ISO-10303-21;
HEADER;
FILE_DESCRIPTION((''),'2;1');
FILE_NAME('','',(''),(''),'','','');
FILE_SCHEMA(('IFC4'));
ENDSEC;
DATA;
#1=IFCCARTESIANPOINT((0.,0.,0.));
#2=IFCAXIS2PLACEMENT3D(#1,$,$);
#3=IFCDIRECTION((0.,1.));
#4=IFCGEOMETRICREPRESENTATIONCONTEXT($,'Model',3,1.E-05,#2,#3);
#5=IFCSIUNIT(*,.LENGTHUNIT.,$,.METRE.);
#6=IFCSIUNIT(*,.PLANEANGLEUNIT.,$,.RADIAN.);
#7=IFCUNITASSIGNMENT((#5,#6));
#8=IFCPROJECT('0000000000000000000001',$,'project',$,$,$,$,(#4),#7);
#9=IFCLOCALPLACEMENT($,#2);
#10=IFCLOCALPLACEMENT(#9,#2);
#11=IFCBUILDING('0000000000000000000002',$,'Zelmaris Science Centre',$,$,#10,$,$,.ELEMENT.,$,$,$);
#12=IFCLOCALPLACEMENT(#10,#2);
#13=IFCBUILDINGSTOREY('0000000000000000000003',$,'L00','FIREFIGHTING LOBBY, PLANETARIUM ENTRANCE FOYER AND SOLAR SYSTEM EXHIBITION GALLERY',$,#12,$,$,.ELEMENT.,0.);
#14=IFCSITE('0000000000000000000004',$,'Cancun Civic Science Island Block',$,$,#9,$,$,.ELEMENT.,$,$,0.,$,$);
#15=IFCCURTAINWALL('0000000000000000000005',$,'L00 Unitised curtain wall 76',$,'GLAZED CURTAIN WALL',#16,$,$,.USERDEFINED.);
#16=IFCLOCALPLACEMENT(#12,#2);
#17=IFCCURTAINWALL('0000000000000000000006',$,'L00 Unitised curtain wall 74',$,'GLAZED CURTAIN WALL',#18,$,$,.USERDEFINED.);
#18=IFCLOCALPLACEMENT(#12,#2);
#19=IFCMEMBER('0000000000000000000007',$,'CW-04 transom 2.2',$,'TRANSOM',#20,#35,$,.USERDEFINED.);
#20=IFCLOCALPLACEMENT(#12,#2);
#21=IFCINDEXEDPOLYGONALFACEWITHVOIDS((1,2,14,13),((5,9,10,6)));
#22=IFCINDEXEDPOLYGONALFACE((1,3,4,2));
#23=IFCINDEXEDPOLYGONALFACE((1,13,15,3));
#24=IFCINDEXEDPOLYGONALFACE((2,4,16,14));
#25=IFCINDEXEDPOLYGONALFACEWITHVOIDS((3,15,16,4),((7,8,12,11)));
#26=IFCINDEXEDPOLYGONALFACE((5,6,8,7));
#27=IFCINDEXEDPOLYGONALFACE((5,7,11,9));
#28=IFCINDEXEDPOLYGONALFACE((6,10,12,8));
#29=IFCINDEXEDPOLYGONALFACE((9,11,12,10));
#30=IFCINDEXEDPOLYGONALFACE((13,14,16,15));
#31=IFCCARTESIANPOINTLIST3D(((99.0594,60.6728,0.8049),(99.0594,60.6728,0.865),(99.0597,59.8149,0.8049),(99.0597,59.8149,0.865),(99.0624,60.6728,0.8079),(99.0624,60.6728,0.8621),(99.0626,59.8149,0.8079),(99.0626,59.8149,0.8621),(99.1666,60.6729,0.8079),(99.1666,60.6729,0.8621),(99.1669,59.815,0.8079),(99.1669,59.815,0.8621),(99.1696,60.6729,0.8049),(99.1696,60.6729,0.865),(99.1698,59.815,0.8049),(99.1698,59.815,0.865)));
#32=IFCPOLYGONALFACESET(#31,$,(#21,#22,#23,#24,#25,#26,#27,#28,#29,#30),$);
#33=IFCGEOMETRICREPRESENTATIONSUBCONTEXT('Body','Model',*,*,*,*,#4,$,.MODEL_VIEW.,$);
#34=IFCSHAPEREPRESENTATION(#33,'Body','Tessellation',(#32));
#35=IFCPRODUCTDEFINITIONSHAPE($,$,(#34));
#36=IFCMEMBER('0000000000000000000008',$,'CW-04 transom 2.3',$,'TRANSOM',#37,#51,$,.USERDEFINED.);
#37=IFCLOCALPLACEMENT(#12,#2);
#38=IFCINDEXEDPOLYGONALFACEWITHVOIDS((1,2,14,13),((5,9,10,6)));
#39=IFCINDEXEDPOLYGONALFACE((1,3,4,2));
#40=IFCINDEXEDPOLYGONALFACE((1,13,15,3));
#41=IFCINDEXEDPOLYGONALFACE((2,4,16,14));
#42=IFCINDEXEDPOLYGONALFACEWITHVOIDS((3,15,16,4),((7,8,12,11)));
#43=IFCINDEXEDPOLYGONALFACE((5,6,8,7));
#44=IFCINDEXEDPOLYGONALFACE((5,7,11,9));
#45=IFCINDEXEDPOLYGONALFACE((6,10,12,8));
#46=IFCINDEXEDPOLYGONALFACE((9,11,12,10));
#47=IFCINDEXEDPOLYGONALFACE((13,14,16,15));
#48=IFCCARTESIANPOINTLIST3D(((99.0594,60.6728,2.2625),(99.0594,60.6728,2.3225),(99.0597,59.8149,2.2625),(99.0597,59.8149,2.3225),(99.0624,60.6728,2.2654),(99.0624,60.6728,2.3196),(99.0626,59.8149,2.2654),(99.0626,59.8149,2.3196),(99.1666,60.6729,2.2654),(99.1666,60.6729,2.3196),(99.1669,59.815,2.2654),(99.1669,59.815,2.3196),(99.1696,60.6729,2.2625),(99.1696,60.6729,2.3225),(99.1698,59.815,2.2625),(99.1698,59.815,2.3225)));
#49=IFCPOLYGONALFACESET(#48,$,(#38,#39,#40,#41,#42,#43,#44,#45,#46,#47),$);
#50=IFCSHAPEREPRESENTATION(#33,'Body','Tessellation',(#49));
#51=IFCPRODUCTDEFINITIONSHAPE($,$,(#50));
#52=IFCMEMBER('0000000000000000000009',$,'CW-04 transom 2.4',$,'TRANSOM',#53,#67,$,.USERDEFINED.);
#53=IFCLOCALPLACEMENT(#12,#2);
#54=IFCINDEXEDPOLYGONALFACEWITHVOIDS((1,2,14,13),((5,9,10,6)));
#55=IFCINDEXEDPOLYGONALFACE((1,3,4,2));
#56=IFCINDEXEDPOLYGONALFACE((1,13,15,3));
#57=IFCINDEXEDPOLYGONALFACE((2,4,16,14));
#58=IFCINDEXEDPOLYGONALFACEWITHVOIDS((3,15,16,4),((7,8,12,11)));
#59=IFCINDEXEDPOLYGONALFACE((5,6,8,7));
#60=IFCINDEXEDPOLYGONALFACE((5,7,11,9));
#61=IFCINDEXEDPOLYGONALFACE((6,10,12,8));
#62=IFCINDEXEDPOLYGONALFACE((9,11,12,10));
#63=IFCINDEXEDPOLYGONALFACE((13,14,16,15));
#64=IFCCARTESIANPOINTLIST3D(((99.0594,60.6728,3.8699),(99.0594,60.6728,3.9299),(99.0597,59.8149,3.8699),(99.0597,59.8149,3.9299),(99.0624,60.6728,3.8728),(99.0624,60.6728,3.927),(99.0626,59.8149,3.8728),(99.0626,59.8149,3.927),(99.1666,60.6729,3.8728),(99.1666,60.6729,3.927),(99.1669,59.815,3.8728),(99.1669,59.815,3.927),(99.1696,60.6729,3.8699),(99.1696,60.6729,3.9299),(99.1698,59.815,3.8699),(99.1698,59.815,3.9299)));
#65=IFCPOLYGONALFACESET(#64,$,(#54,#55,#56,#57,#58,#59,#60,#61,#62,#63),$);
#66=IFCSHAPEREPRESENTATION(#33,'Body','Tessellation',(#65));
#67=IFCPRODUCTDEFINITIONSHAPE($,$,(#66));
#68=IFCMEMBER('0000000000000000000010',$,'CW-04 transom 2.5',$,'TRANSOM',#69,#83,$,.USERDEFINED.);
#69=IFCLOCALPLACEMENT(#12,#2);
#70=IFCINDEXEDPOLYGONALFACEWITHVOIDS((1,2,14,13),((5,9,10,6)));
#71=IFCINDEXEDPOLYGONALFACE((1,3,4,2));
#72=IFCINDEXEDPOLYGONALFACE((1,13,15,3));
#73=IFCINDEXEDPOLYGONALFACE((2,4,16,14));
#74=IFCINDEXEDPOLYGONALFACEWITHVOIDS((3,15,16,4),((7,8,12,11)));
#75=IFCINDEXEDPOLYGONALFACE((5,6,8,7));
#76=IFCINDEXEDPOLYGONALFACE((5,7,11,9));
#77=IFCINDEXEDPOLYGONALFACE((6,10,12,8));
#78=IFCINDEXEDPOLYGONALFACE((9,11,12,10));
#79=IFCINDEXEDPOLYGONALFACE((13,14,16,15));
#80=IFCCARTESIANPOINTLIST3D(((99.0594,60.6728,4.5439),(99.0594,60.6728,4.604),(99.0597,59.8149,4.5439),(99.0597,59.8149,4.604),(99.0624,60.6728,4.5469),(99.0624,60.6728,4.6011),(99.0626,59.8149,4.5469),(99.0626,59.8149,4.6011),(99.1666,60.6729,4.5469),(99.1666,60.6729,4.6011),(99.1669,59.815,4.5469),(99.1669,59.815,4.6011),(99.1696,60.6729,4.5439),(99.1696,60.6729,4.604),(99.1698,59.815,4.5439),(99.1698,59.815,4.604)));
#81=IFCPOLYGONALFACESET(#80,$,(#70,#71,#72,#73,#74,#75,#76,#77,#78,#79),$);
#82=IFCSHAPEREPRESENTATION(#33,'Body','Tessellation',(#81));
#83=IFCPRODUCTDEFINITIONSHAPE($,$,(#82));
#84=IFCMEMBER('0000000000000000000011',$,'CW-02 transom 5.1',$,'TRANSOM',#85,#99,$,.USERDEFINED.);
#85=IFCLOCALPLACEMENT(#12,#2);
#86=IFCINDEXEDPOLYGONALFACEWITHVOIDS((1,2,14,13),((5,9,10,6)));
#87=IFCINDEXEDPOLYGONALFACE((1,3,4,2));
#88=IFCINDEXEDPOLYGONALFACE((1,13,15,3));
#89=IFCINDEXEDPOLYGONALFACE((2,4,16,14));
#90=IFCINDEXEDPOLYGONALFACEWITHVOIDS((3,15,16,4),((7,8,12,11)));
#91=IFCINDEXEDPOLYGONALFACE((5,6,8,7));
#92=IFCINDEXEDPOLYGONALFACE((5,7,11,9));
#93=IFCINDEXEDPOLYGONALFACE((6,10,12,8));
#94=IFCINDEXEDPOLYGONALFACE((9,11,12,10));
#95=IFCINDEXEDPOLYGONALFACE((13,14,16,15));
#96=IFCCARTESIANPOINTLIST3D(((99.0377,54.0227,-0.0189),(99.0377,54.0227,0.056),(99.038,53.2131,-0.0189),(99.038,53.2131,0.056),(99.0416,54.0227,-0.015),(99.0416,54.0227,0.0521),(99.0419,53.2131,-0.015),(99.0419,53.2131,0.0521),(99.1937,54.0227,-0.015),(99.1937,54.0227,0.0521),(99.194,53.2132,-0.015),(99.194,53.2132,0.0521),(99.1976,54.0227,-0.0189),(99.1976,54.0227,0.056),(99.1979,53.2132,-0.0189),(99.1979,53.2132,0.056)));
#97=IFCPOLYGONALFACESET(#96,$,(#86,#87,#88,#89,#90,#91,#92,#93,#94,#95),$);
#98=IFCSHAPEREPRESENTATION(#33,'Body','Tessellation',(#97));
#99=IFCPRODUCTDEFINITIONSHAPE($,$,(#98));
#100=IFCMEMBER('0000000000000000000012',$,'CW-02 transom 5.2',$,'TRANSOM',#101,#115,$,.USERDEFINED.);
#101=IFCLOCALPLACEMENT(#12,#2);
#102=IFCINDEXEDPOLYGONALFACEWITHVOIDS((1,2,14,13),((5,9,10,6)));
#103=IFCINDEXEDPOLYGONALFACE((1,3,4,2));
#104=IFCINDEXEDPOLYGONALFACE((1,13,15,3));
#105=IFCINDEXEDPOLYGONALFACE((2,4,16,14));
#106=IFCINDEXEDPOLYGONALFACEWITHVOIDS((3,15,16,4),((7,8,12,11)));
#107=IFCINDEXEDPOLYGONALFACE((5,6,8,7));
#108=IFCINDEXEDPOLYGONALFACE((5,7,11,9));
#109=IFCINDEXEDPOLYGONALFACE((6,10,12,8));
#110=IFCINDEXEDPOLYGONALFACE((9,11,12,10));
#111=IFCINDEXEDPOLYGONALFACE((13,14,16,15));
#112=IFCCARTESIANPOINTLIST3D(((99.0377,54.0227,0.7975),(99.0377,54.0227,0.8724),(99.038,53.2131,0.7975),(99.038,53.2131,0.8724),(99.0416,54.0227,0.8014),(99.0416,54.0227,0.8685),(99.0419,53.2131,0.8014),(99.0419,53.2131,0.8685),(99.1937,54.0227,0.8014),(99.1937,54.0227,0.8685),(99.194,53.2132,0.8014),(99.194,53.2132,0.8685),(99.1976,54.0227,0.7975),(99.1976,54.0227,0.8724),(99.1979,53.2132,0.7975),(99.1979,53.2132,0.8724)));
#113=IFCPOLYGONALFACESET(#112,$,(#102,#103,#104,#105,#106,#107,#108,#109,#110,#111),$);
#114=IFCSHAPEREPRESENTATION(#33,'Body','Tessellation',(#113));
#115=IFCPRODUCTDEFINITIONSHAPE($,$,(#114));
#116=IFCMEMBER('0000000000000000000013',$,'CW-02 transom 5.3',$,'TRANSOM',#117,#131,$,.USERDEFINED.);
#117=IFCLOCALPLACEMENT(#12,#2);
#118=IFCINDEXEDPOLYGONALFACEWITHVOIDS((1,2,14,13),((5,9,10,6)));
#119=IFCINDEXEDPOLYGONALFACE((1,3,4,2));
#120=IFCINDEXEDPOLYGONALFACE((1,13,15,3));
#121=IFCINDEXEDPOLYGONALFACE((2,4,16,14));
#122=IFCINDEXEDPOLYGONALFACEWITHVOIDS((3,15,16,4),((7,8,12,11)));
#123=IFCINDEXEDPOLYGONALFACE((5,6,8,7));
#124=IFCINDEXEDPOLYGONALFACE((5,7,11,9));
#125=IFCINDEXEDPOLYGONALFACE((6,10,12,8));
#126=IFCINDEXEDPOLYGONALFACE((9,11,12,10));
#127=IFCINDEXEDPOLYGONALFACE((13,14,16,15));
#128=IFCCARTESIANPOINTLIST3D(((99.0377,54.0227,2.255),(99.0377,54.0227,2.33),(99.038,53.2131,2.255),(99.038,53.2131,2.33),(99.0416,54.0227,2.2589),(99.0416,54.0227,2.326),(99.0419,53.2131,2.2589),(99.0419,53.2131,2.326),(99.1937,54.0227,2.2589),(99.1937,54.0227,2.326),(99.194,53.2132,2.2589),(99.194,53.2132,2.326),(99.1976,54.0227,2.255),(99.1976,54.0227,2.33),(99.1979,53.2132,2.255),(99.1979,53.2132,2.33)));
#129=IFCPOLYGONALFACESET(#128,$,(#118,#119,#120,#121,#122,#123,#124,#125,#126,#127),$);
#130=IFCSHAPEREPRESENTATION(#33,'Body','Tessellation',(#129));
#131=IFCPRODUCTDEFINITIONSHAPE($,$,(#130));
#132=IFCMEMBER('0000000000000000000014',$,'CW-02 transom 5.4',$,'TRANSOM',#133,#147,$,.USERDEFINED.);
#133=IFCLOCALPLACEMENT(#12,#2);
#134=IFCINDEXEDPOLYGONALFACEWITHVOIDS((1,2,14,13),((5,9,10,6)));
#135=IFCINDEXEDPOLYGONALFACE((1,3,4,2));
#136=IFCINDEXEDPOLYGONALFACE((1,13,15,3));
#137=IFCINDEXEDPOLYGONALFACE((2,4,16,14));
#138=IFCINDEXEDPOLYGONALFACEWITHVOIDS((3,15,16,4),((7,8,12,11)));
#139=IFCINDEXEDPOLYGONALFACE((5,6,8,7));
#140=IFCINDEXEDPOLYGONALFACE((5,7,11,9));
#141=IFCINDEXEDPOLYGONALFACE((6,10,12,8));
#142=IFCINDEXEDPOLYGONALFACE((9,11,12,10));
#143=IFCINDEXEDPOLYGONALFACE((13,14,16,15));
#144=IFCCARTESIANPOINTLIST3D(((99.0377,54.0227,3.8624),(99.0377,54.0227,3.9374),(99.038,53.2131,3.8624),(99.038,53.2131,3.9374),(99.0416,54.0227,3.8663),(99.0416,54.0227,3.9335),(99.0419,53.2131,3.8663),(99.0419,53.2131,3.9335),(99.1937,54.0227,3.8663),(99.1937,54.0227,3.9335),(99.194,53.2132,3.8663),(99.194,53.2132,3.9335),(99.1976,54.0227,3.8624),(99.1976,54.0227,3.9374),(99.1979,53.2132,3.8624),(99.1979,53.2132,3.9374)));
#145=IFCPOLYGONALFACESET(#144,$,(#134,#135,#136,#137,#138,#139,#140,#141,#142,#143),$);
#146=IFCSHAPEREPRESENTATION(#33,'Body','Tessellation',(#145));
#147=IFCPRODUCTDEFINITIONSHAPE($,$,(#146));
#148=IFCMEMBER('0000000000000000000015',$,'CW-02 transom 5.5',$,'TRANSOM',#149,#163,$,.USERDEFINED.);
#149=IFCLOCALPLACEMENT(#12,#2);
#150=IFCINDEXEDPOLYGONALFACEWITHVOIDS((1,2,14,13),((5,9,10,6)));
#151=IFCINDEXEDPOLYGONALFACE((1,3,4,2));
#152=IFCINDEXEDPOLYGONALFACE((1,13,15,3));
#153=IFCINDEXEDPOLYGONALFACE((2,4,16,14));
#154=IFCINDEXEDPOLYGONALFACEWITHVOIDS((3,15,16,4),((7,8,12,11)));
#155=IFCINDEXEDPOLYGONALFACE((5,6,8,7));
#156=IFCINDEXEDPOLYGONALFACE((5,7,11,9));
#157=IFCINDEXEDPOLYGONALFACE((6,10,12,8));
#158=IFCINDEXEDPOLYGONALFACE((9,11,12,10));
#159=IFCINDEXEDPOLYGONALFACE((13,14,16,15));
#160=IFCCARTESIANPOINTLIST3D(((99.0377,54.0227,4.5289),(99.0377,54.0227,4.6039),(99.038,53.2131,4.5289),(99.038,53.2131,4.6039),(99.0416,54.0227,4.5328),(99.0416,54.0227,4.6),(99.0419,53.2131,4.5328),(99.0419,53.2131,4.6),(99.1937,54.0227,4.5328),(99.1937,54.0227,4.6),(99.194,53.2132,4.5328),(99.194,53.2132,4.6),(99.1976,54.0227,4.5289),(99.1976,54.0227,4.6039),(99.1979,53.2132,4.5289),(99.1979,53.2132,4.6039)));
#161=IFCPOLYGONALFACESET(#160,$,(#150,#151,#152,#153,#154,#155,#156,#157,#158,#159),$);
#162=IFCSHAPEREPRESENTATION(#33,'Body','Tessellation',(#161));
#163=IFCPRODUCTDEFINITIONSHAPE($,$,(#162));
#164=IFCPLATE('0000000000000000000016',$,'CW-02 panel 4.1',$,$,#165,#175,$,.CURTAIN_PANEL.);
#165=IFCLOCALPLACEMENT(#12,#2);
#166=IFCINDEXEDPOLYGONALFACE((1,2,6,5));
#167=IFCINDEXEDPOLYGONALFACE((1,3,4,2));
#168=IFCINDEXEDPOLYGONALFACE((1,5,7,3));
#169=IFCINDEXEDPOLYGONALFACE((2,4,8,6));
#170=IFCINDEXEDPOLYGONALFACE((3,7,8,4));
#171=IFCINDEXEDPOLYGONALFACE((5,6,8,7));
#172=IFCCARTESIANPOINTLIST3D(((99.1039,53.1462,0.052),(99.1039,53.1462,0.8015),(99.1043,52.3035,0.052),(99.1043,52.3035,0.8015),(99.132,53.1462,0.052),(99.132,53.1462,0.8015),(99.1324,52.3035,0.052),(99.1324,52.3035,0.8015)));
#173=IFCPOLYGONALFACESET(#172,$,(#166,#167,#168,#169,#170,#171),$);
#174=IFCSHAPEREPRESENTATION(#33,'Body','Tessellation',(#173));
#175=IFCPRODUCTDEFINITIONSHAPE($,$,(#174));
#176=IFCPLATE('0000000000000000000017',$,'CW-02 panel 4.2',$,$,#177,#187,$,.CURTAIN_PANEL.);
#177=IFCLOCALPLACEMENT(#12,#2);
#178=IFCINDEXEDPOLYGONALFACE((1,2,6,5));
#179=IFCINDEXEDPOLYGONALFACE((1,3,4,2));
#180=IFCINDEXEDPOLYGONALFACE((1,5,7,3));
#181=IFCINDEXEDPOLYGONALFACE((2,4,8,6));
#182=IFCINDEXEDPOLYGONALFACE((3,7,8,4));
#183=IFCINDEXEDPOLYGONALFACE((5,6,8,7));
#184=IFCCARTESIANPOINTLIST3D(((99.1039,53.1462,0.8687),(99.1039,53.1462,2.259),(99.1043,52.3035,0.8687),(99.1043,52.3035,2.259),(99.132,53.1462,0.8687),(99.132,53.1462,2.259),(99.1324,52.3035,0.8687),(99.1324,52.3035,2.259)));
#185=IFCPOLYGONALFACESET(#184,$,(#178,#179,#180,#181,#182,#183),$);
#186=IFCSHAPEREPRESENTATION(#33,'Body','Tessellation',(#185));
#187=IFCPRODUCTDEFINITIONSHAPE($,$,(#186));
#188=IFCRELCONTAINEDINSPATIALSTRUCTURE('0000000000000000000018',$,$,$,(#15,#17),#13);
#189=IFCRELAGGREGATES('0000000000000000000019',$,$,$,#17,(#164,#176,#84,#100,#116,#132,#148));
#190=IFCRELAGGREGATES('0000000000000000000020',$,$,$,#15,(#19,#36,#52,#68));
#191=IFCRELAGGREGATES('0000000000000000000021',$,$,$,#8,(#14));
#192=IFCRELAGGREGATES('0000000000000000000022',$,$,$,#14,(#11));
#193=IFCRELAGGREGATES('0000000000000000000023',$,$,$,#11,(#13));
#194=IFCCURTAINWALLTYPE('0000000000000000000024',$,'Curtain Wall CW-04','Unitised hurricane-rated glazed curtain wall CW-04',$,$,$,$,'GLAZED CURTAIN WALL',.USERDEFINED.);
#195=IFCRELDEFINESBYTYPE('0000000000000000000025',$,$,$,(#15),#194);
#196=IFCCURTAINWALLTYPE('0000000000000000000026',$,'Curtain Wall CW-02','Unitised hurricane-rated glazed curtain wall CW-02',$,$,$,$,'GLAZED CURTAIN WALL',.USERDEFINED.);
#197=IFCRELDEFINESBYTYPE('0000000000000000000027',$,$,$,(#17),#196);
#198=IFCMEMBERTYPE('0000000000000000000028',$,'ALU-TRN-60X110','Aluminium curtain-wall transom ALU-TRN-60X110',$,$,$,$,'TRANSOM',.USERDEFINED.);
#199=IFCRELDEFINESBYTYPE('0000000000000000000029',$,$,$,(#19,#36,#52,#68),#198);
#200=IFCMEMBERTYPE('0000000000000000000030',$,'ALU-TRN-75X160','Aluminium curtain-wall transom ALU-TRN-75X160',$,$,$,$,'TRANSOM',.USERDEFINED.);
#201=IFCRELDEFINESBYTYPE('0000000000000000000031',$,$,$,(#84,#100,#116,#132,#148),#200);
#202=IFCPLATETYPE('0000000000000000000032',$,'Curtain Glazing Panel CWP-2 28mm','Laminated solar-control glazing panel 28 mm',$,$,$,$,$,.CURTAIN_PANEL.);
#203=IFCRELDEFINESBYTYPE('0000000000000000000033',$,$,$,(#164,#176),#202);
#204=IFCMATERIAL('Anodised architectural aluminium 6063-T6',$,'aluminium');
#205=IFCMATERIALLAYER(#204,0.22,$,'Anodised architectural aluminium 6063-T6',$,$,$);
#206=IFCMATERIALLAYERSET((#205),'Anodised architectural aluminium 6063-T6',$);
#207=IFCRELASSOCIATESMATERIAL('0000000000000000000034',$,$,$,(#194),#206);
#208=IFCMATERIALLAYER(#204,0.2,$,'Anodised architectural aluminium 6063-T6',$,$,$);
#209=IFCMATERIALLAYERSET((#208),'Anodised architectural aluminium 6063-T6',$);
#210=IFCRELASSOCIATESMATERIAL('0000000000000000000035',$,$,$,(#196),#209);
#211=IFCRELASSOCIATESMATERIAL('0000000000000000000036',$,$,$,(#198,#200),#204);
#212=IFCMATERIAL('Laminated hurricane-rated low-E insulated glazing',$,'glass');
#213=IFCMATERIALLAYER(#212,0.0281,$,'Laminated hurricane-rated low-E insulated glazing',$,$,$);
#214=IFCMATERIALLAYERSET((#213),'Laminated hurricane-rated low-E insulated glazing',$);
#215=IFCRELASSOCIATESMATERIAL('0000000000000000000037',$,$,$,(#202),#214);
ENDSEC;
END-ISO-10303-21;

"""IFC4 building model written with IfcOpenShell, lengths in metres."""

from ifc_helpers import new_model, si_unit, direction, frame, origin, origin_2d, place, context, subcontext, project, spatial, rectangle, hollow_rectangle, extrude, material, layer, layer_set, material_profile, profile_set, type_object, element, aggregate, save


model = new_model("IFC4")

# Units and contexts
model_context = context("Model", 3, precision=1e-05, world=origin(), true_north=direction((0.0, 1.0)))
body_context = subcontext(model_context, "Body", "Model", "MODEL_VIEW")
ifc_project = project(units=[si_unit("LENGTHUNIT", "METRE"), si_unit("PLANEANGLEUNIT", "RADIAN")], contexts=[model_context])

# Site, building, storey
site_placement = place(None, origin())
site = spatial("IfcSite", under=ifc_project, at=site_placement, Name="Cancun Civic Science Island Block", CompositionType="ELEMENT", RefElevation=0.0)
building_placement = place(site_placement, origin())
building = spatial("IfcBuilding", under=site, at=building_placement, Name="Zelmaris Science Centre", CompositionType="ELEMENT")
storey_placement = place(building_placement, origin())
storey = spatial("IfcBuildingStorey", under=building, at=storey_placement, Name="L00", Description="FIREFIGHTING LOBBY, PLANETARIUM ENTRANCE FOYER AND SOLAR SYSTEM EXHIBITION GALLERY", CompositionType="ELEMENT", Elevation=0.0)

# Curtain walls
ifc_material_1 = material(Name="Anodised architectural aluminium 6063-T6", Category="aluminium")
ifc_layer_1 = layer(ifc_material_1, 0.22, Name="Anodised architectural aluminium 6063-T6")
ifc_layer_set_1 = layer_set([ifc_layer_1], Name="Anodised architectural aluminium 6063-T6")
curtain_wall_type_1 = type_object("IfcCurtainWallType", Name="Curtain Wall CW-04", Description="Unitised hurricane-rated glazed curtain wall CW-04", ElementType="GLAZED CURTAIN WALL", PredefinedType="USERDEFINED", material=ifc_layer_set_1)
curtain_wall_1_placement = place(storey_placement, origin())
curtain_wall_1 = element("IfcCurtainWall", 1, at=curtain_wall_1_placement, inside=storey, type_object=curtain_wall_type_1, Name="L00 Unitised curtain wall 76", ObjectType="GLAZED CURTAIN WALL", PredefinedType="USERDEFINED")
ifc_layer_2 = layer(ifc_material_1, 0.2, Name="Anodised architectural aluminium 6063-T6")
ifc_layer_set_2 = layer_set([ifc_layer_2], Name="Anodised architectural aluminium 6063-T6")
curtain_wall_type_2 = type_object("IfcCurtainWallType", Name="Curtain Wall CW-02", Description="Unitised hurricane-rated glazed curtain wall CW-02", ElementType="GLAZED CURTAIN WALL", PredefinedType="USERDEFINED", material=ifc_layer_set_2)
curtain_wall_2_placement = place(storey_placement, origin())
curtain_wall_2 = element("IfcCurtainWall", 2, at=curtain_wall_2_placement, inside=storey, type_object=curtain_wall_type_2, Name="L00 Unitised curtain wall 74", ObjectType="GLAZED CURTAIN WALL", PredefinedType="USERDEFINED")

# Members
ifc_material_profile_1 = material_profile(ifc_material_1, hollow_rectangle(XDim=0.0601, YDim=0.1101, WallThickness=0.0029, at=origin_2d()), Name="ALU-TRN-60X110")
ifc_profile_set_1 = profile_set([ifc_material_profile_1], Name="Anodised architectural aluminium 6063-T6")
member_type_1 = type_object("IfcMemberType", Name="ALU-TRN-60X110", Description="Aluminium curtain-wall transom ALU-TRN-60X110", ElementType="TRANSOM", PredefinedType="USERDEFINED", material=ifc_profile_set_1)
member_1_placement = place(storey_placement, frame((99.1147, 59.8149, 0.835), z_axis=(-0.000285, 1.0, 0.0), x_axis=(0.0, 0.0, 1.0)))
member_1 = element("IfcMember", 3, at=member_1_placement, type_object=member_type_1, Name="CW-04 transom 2.2", ObjectType="TRANSOM", PredefinedType="USERDEFINED", context=body_context, shape_type="SweptSolid", body=[
    extrude(hollow_rectangle(XDim=0.0601, YDim=0.1101, WallThickness=0.0029, at=origin_2d()), origin(), (0.0, 0.0, 1.0), 0.8579),
])
member_2_placement = place(storey_placement, frame((99.1147, 59.8149, 2.2925), z_axis=(-0.000285, 1.0, 0.0), x_axis=(0.0, 0.0, 1.0)))
member_2 = element("IfcMember", 4, at=member_2_placement, type_object=member_type_1, Name="CW-04 transom 2.3", ObjectType="TRANSOM", PredefinedType="USERDEFINED", context=body_context, shape_type="SweptSolid", body=[
    extrude(hollow_rectangle(XDim=0.0601, YDim=0.1101, WallThickness=0.0029, at=origin_2d()), origin(), (0.0, 0.0, 1.0), 0.8579),
])
member_3_placement = place(storey_placement, frame((99.1147, 59.8149, 3.8999), z_axis=(-0.000285, 1.0, 0.0), x_axis=(0.0, 0.0, 1.0)))
member_3 = element("IfcMember", 5, at=member_3_placement, type_object=member_type_1, Name="CW-04 transom 2.4", ObjectType="TRANSOM", PredefinedType="USERDEFINED", context=body_context, shape_type="SweptSolid", body=[
    extrude(hollow_rectangle(XDim=0.0601, YDim=0.1101, WallThickness=0.0029, at=origin_2d()), origin(), (0.0, 0.0, 1.0), 0.8579),
])
member_4_placement = place(storey_placement, frame((99.1147, 59.8149, 4.574), z_axis=(-0.000285, 1.0, 0.0), x_axis=(0.0, 0.0, 1.0)))
member_4 = element("IfcMember", 6, at=member_4_placement, type_object=member_type_1, Name="CW-04 transom 2.5", ObjectType="TRANSOM", PredefinedType="USERDEFINED", context=body_context, shape_type="SweptSolid", body=[
    extrude(hollow_rectangle(XDim=0.0601, YDim=0.1101, WallThickness=0.0029, at=origin_2d()), origin(), (0.0, 0.0, 1.0), 0.8579),
])
ifc_material_profile_2 = material_profile(ifc_material_1, hollow_rectangle(XDim=0.075, YDim=0.1599, WallThickness=0.0039, at=origin_2d()), Name="ALU-TRN-75X160")
ifc_profile_set_2 = profile_set([ifc_material_profile_2], Name="Anodised architectural aluminium 6063-T6")
member_type_2 = type_object("IfcMemberType", Name="ALU-TRN-75X160", Description="Aluminium curtain-wall transom ALU-TRN-75X160", ElementType="TRANSOM", PredefinedType="USERDEFINED", material=ifc_profile_set_2)
member_5_placement = place(storey_placement, frame((99.1179, 53.2131, 0.0186), z_axis=(-0.000302, 1.0, 0.0), x_axis=(0.0, 0.0, 1.0)))
member_5 = element("IfcMember", 7, at=member_5_placement, type_object=member_type_2, Name="CW-02 transom 5.1", ObjectType="TRANSOM", PredefinedType="USERDEFINED", context=body_context, shape_type="SweptSolid", body=[
    extrude(hollow_rectangle(XDim=0.075, YDim=0.1599, WallThickness=0.0039, at=origin_2d()), origin(), (0.0, 0.0, 1.0), 0.8096),
])
member_6_placement = place(storey_placement, frame((99.1179, 53.2131, 0.835), z_axis=(-0.000302, 1.0, 0.0), x_axis=(0.0, 0.0, 1.0)))
member_6 = element("IfcMember", 8, at=member_6_placement, type_object=member_type_2, Name="CW-02 transom 5.2", ObjectType="TRANSOM", PredefinedType="USERDEFINED", context=body_context, shape_type="SweptSolid", body=[
    extrude(hollow_rectangle(XDim=0.075, YDim=0.1599, WallThickness=0.0039, at=origin_2d()), origin(), (0.0, 0.0, 1.0), 0.8096),
])
member_7_placement = place(storey_placement, frame((99.1179, 53.2131, 2.2925), z_axis=(-0.000302, 1.0, 0.0), x_axis=(0.0, 0.0, 1.0)))
member_7 = element("IfcMember", 9, at=member_7_placement, type_object=member_type_2, Name="CW-02 transom 5.3", ObjectType="TRANSOM", PredefinedType="USERDEFINED", context=body_context, shape_type="SweptSolid", body=[
    extrude(hollow_rectangle(XDim=0.075, YDim=0.1599, WallThickness=0.0039, at=origin_2d()), origin(), (0.0, 0.0, 1.0), 0.8096),
])
member_8_placement = place(storey_placement, frame((99.1179, 53.2131, 3.8999), z_axis=(-0.000302, 1.0, 0.0), x_axis=(0.0, 0.0, 1.0)))
member_8 = element("IfcMember", 10, at=member_8_placement, type_object=member_type_2, Name="CW-02 transom 5.4", ObjectType="TRANSOM", PredefinedType="USERDEFINED", context=body_context, shape_type="SweptSolid", body=[
    extrude(hollow_rectangle(XDim=0.075, YDim=0.1599, WallThickness=0.0039, at=origin_2d()), origin(), (0.0, 0.0, 1.0), 0.8096),
])
member_9_placement = place(storey_placement, frame((99.1179, 53.2131, 4.5664), z_axis=(-0.000302, 1.0, 0.0), x_axis=(0.0, 0.0, 1.0)))
member_9 = element("IfcMember", 11, at=member_9_placement, type_object=member_type_2, Name="CW-02 transom 5.5", ObjectType="TRANSOM", PredefinedType="USERDEFINED", context=body_context, shape_type="SweptSolid", body=[
    extrude(hollow_rectangle(XDim=0.075, YDim=0.1599, WallThickness=0.0039, at=origin_2d()), origin(), (0.0, 0.0, 1.0), 0.8096),
])

# Plates
ifc_material_2 = material(Name="Laminated hurricane-rated low-E insulated glazing", Category="glass")
ifc_layer_3 = layer(ifc_material_2, 0.0281, Name="Laminated hurricane-rated low-E insulated glazing")
ifc_layer_set_3 = layer_set([ifc_layer_3], Name="Laminated hurricane-rated low-E insulated glazing")
plate_type_1 = type_object("IfcPlateType", Name="Curtain Glazing Panel CWP-2 28mm", Description="Laminated solar-control glazing panel 28 mm", PredefinedType="CURTAIN_PANEL", material=ifc_layer_set_3)
plate_1_placement = place(storey_placement, frame((99.1182, 52.7249, 0.052), z_axis=(0.0, 0.0, 1.0), x_axis=(-0.000484, 1.0, 0.0)))
plate_1 = element("IfcPlate", 12, at=plate_1_placement, type_object=plate_type_1, Name="CW-02 panel 4.1", PredefinedType="CURTAIN_PANEL", context=body_context, shape_type="SweptSolid", body=[
    extrude(rectangle(XDim=0.8428, YDim=0.0281, at=origin_2d()), origin(), (0.0, 0.0, 1.0), 0.7495),
])
plate_2_placement = place(storey_placement, frame((99.1182, 52.7249, 0.8687), z_axis=(0.0, 0.0, 1.0), x_axis=(-0.000484, 1.0, 0.0)))
plate_2 = element("IfcPlate", 13, at=plate_2_placement, type_object=plate_type_1, Name="CW-02 panel 4.2", PredefinedType="CURTAIN_PANEL", context=body_context, shape_type="SweptSolid", body=[
    extrude(rectangle(XDim=0.8428, YDim=0.0281, at=origin_2d()), origin(), (0.0, 0.0, 1.0), 1.3904),
])
aggregate(curtain_wall_2, [plate_1, plate_2, member_5, member_6, member_7, member_8, member_9])
aggregate(curtain_wall_1, [member_1, member_2, member_3, member_4])

save(model, "model.ifc")
